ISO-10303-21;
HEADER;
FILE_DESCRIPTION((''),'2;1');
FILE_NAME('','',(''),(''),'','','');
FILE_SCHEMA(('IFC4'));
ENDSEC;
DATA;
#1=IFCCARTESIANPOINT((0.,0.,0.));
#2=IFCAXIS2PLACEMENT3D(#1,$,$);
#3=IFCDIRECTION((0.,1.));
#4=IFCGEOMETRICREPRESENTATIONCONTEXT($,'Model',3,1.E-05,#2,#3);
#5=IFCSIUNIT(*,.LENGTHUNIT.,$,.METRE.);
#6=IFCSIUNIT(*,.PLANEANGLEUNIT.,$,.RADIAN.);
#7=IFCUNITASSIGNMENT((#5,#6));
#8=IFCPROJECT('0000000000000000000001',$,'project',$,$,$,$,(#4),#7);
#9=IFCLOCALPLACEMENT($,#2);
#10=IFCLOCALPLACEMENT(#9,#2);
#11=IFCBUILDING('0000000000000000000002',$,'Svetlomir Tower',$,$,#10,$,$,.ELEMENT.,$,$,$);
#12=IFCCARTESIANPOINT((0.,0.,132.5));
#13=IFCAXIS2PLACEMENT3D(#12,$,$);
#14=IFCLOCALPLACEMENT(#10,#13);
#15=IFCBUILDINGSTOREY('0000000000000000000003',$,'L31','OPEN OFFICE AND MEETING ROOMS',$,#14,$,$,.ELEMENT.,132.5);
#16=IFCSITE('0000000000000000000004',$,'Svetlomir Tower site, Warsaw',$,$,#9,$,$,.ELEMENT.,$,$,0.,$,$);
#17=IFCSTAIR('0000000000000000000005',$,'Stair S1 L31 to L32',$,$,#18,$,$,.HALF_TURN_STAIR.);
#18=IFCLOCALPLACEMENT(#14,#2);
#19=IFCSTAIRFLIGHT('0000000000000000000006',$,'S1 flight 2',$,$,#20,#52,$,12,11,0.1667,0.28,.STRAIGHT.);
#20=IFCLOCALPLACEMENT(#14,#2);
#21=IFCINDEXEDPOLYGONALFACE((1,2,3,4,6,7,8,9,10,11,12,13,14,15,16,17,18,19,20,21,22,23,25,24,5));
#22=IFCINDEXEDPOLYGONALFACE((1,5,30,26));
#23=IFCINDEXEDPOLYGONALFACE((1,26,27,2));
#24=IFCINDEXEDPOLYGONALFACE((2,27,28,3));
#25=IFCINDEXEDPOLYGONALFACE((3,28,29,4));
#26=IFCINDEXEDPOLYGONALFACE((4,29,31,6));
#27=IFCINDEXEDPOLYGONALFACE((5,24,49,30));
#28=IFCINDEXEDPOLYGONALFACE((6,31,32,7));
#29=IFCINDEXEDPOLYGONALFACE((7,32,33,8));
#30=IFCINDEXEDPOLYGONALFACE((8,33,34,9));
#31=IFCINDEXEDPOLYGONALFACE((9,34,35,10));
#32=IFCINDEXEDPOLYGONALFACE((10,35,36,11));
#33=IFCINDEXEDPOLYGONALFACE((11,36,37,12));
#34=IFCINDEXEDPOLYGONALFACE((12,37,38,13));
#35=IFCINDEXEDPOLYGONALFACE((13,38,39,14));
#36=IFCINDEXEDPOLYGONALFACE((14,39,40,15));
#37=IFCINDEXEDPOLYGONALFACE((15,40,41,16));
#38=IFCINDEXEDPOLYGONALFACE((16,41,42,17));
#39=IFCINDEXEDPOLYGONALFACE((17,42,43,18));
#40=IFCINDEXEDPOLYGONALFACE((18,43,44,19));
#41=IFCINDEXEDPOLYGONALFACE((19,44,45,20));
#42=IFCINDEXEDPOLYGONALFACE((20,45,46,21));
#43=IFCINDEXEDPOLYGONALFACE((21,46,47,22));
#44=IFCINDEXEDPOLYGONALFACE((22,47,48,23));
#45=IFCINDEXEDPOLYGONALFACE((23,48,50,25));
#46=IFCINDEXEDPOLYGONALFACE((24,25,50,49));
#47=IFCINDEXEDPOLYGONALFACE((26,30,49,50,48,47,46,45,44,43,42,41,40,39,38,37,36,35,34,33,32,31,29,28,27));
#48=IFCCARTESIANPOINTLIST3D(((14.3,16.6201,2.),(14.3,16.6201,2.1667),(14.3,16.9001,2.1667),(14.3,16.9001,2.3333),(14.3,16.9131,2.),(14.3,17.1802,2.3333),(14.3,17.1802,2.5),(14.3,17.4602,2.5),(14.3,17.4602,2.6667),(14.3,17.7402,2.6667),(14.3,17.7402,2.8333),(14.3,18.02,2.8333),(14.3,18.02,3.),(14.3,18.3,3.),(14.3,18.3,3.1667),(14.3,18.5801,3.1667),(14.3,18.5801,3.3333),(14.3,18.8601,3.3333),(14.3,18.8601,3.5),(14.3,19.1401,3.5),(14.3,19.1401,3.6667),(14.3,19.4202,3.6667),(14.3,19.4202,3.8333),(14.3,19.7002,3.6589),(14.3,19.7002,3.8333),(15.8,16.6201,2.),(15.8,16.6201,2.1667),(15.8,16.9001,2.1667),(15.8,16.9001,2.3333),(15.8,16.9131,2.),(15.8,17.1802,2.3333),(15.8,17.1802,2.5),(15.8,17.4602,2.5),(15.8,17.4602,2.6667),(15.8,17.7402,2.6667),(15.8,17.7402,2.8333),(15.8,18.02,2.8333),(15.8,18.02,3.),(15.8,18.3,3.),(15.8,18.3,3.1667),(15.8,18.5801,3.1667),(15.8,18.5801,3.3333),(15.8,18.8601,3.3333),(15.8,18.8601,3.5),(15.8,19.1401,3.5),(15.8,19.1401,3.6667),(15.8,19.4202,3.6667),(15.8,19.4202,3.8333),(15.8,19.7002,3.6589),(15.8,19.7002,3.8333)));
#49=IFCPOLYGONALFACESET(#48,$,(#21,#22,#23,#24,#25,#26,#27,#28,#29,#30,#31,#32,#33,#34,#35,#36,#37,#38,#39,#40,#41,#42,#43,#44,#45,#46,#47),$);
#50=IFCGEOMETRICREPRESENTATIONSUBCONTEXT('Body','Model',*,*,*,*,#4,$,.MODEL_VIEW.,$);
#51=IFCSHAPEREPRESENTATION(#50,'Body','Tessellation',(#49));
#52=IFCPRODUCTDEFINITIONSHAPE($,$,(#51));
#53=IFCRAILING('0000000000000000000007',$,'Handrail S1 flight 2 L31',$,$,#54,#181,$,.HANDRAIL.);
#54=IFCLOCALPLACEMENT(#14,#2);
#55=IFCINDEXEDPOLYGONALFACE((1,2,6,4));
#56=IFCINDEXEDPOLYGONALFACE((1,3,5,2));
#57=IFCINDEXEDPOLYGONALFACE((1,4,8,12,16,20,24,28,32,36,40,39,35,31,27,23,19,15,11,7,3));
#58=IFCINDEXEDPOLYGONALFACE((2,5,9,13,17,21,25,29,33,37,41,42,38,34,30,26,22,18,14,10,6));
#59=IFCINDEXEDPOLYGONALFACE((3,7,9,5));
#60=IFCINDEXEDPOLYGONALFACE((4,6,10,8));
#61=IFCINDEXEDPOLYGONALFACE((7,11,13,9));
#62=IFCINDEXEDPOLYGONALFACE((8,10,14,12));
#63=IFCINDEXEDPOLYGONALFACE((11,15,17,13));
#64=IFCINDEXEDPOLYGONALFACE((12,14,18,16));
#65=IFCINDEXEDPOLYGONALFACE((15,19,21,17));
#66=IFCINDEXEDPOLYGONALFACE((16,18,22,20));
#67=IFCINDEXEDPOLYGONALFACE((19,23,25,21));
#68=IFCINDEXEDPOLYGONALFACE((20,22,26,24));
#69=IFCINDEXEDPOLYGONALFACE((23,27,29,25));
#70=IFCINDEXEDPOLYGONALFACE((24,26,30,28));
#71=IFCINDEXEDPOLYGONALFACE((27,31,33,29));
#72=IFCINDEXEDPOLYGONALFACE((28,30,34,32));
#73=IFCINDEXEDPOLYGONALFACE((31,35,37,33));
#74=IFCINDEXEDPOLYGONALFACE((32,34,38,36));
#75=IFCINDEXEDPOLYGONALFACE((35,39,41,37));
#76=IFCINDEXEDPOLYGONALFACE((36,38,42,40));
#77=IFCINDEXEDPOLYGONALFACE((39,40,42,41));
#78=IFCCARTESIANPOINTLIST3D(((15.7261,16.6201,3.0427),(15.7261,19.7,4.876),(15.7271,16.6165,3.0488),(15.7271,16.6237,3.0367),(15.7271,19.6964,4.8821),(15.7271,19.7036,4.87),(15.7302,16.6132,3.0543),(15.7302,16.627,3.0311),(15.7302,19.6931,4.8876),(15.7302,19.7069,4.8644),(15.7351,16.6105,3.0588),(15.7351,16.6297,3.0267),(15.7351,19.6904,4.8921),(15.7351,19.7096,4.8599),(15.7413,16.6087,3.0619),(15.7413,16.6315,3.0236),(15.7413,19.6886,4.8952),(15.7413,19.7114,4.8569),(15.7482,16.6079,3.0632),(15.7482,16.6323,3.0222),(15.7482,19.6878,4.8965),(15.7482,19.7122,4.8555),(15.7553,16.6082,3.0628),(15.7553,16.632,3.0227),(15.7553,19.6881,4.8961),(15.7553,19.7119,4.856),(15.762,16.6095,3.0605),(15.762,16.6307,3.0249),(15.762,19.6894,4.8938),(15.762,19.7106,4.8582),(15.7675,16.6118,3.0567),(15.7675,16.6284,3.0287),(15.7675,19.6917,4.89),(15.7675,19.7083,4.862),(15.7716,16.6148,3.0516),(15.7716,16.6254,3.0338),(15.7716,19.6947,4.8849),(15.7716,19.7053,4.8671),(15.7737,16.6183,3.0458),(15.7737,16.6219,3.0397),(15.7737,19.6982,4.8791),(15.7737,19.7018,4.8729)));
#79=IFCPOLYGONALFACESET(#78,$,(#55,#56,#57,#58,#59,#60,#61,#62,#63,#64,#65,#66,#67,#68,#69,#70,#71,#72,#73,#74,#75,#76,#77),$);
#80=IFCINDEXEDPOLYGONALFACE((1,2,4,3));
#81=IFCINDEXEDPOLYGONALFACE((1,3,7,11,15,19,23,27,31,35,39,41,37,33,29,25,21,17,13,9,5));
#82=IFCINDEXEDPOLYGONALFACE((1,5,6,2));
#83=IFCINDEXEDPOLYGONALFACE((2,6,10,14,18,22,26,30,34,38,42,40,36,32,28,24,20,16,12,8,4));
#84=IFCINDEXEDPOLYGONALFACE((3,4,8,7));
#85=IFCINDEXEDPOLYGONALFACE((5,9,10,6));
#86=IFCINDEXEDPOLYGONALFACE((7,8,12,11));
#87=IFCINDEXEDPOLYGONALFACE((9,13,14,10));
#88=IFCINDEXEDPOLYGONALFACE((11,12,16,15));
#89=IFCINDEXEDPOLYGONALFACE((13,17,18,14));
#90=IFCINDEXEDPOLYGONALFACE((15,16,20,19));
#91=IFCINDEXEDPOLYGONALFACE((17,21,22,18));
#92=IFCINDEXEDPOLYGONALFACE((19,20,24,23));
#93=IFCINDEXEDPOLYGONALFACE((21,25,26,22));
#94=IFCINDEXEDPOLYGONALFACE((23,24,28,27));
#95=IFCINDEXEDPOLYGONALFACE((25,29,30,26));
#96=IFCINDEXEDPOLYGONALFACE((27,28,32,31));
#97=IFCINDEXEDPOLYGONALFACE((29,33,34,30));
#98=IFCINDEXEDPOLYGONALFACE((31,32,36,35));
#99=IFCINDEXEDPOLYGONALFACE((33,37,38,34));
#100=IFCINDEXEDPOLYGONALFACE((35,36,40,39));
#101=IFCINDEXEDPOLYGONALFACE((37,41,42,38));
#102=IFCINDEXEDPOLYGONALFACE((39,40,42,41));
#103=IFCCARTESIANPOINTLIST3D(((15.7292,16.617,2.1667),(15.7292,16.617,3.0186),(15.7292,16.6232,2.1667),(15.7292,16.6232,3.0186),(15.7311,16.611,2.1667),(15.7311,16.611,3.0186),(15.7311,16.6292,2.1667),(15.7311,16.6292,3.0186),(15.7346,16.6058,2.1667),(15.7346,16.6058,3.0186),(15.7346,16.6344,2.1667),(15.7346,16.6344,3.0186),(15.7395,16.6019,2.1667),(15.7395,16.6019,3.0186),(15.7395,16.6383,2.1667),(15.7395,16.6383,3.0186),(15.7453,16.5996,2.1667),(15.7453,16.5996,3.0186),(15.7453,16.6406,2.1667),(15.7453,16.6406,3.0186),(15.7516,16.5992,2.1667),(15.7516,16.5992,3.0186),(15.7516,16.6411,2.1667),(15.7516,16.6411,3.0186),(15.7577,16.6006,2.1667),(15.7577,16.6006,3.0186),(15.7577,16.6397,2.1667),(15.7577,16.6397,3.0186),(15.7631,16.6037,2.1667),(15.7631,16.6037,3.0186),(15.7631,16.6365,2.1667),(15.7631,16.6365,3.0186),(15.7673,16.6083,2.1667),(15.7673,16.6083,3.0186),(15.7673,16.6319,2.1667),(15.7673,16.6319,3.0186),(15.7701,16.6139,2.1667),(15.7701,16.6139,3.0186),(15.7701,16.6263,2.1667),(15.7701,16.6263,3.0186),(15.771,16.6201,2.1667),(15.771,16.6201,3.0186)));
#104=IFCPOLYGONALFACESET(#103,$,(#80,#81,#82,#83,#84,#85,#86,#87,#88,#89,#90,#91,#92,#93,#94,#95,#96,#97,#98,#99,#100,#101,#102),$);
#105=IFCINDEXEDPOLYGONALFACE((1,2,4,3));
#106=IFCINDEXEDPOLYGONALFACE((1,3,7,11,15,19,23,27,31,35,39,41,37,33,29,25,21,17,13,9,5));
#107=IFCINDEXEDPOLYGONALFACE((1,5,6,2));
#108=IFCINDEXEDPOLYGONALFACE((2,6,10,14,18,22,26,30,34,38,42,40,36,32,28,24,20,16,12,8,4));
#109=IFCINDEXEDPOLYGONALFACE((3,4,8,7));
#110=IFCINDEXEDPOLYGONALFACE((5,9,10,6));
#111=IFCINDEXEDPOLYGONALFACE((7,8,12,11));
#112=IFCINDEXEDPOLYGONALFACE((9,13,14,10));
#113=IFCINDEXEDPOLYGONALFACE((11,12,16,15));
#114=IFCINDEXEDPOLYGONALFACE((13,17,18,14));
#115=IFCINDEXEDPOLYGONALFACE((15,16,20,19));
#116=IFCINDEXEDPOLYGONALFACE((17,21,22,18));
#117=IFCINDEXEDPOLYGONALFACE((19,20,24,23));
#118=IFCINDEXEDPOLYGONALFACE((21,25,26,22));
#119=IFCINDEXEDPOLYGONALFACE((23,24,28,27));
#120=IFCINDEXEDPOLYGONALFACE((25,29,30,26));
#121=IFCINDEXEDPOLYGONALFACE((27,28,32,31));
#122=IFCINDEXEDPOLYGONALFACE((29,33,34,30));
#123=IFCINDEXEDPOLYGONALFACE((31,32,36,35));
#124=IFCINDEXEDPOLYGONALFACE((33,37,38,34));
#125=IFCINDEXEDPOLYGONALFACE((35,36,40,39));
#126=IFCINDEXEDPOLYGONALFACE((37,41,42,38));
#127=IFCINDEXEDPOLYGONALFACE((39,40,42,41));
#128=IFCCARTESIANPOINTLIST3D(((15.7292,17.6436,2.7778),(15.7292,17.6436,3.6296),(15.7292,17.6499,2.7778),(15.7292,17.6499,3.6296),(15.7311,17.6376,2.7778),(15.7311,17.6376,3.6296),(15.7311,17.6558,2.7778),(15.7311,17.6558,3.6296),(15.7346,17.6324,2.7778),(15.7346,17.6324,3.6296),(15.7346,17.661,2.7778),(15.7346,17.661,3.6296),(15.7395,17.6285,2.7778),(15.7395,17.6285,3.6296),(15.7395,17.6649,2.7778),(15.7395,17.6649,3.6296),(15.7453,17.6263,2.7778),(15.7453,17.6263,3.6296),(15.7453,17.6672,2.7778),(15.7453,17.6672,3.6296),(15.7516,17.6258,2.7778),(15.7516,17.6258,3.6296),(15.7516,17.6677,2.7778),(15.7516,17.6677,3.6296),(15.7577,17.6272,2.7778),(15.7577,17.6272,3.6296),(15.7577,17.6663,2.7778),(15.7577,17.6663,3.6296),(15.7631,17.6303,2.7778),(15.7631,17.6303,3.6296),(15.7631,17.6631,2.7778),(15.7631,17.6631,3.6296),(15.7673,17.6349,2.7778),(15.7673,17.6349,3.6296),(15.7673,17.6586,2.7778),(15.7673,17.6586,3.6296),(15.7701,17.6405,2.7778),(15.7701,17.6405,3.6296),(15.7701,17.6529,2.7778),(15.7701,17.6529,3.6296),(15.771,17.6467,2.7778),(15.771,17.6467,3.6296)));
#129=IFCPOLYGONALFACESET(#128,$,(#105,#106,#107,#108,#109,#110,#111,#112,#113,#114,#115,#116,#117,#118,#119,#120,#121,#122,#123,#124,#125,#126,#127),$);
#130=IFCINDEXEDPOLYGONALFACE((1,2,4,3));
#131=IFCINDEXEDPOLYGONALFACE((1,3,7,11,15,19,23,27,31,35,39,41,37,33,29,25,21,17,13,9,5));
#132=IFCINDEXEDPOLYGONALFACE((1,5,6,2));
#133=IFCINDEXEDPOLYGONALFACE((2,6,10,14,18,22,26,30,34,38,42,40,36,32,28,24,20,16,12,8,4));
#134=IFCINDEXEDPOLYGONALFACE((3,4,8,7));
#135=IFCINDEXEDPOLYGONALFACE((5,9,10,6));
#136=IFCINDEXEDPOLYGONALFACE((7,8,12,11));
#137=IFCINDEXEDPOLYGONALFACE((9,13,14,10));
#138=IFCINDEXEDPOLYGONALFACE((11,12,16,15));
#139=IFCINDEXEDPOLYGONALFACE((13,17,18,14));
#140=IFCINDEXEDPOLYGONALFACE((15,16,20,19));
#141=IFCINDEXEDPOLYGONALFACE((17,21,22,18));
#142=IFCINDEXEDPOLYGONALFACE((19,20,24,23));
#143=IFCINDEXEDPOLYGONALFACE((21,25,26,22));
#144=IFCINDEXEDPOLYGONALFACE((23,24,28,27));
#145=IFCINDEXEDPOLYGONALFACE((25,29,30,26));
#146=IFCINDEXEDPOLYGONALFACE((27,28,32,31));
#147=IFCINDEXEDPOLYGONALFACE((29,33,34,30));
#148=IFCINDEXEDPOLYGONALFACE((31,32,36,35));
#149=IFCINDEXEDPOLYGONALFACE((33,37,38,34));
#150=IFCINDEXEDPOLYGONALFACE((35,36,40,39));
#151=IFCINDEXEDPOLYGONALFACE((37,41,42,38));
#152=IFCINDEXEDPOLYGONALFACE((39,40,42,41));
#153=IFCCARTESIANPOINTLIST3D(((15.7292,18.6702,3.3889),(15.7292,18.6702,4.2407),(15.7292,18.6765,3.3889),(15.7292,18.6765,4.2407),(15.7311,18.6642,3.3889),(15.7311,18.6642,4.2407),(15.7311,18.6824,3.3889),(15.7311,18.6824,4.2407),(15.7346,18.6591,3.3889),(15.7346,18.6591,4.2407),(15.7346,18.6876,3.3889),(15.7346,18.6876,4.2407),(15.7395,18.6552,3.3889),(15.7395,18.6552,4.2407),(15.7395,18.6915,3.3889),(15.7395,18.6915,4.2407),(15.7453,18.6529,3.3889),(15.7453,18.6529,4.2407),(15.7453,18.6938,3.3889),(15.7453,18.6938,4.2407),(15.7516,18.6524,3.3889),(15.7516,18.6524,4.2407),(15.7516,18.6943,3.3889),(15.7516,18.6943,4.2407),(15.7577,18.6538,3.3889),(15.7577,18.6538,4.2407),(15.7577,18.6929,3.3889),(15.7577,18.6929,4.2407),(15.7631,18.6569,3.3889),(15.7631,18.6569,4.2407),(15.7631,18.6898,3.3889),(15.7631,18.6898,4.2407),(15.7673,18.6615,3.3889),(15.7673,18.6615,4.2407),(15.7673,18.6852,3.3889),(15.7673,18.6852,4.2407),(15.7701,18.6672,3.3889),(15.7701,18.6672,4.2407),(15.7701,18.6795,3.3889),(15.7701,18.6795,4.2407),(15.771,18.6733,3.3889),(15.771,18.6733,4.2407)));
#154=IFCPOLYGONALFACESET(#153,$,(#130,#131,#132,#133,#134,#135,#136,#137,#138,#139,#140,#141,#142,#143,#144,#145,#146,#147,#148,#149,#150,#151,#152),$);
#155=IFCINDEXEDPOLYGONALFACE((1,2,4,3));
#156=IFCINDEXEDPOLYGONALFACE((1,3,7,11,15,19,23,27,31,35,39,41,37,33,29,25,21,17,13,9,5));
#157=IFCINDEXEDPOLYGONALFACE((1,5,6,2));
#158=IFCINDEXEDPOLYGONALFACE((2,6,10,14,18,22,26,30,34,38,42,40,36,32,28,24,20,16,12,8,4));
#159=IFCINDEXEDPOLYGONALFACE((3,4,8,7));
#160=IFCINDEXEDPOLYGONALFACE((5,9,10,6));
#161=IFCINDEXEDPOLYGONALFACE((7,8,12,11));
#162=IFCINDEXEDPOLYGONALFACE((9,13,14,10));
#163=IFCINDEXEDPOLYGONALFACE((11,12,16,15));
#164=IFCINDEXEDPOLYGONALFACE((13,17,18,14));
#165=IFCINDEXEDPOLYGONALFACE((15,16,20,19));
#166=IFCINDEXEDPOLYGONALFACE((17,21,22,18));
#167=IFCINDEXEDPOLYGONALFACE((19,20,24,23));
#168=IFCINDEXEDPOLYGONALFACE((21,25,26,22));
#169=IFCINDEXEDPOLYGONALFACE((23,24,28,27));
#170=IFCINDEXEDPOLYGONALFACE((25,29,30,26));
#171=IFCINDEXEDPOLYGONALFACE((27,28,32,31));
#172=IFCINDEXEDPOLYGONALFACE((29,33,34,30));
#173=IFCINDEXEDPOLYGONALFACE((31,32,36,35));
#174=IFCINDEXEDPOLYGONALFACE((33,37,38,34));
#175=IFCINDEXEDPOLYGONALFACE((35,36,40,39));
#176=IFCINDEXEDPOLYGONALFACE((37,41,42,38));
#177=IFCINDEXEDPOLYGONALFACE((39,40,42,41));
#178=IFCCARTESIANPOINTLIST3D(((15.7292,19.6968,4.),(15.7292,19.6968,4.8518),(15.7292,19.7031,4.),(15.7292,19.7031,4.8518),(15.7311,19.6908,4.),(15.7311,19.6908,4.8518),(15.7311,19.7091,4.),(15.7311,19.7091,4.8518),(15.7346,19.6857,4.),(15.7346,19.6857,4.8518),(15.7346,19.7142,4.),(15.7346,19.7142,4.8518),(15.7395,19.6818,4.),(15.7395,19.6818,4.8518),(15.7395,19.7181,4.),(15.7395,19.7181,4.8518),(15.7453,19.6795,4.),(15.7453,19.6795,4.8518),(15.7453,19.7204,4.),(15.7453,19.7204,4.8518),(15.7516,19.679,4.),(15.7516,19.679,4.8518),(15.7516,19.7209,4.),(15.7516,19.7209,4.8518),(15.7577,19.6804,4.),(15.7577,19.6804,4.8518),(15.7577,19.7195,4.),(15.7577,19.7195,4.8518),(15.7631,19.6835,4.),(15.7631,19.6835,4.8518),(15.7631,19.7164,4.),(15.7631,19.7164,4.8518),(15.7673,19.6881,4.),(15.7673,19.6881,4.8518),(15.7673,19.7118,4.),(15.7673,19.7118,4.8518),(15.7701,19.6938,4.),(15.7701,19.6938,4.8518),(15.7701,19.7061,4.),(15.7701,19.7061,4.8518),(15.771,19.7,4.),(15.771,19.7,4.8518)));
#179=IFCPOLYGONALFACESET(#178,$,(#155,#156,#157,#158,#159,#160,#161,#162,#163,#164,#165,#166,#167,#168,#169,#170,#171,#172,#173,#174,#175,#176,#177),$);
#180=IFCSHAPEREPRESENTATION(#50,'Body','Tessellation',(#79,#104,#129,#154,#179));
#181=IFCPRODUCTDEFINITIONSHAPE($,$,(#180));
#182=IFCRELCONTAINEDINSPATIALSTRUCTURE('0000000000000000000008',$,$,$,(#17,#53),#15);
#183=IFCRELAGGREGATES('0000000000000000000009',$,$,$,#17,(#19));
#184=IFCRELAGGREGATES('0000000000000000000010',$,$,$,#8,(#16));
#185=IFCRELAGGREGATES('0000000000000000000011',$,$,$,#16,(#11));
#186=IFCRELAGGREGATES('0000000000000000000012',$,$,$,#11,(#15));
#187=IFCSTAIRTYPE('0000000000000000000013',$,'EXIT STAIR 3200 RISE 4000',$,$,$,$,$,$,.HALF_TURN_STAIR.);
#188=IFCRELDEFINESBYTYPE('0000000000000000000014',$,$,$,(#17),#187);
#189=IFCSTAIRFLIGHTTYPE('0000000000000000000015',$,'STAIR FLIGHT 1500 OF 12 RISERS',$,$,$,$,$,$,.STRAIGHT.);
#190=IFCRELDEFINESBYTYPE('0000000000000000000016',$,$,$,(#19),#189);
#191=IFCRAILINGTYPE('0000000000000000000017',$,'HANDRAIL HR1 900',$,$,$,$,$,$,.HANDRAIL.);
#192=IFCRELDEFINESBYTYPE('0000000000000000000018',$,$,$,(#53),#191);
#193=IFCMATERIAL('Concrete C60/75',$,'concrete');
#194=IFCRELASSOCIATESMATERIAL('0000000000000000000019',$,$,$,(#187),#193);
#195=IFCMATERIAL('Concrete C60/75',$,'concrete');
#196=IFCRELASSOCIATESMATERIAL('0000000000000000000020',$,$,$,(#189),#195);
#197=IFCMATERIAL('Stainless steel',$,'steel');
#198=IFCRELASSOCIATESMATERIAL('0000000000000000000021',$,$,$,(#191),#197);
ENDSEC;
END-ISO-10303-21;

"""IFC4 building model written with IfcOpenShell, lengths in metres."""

from ifc_helpers import new_model, si_unit, direction, frame, origin, origin_2d, place, context, subcontext, project, spatial, polyline, circle, outline, extrude, material, type_object, element, aggregate, save


model = new_model("IFC4")

# Units and contexts
model_context = context("Model", 3, precision=1e-05, world=origin(), true_north=direction((0.0, 1.0)))
body_context = subcontext(model_context, "Body", "Model", "MODEL_VIEW")
ifc_project = project(units=[si_unit("LENGTHUNIT", "METRE"), si_unit("PLANEANGLEUNIT", "RADIAN")], contexts=[model_context])

# Site, building, storey
site_placement = place(None, origin())
site = spatial("IfcSite", under=ifc_project, at=site_placement, Name="Svetlomir Tower site, Warsaw", CompositionType="ELEMENT", RefElevation=0.0)
building_placement = place(site_placement, origin())
building = spatial("IfcBuilding", under=site, at=building_placement, Name="Svetlomir Tower", CompositionType="ELEMENT")
storey_placement = place(building_placement, frame((0.0, 0.0, 132.5)))
storey = spatial("IfcBuildingStorey", under=building, at=storey_placement, Name="L31", Description="OPEN OFFICE AND MEETING ROOMS", CompositionType="ELEMENT", Elevation=132.5)

# Stair, stair flight
ifc_material_1 = material(Name="Concrete C60/75", Category="concrete")
stair_type = type_object("IfcStairType", Name="EXIT STAIR 3200 RISE 4000", PredefinedType="HALF_TURN_STAIR", material=ifc_material_1)
stair_placement = place(storey_placement, origin())
stair = element("IfcStair", 1, at=stair_placement, inside=storey, type_object=stair_type, Name="Stair S1 L31 to L32", PredefinedType="HALF_TURN_STAIR")
ifc_material_2 = material(Name="Concrete C60/75", Category="concrete")
stair_flight_type = type_object("IfcStairFlightType", Name="STAIR FLIGHT 1500 OF 12 RISERS", PredefinedType="STRAIGHT", material=ifc_material_2)
stair_flight_placement = place(storey_placement, frame((15.05, 16.6201, 2.0), z_axis=(0.0, 0.0, 1.0), x_axis=(0.0, 1.0, 0.0)))
stair_flight = element("IfcStairFlight", 2, at=stair_flight_placement, type_object=stair_flight_type, Name="S1 flight 2", NumberOfRisers=12, NumberOfTreads=11, PredefinedType="STRAIGHT", RiserHeight=0.1667, TreadLength=0.28, context=body_context, shape_type="SweptSolid", body=[
    extrude(outline(polyline([(0.0, 0.0), (0.0, 0.1667), (0.28, 0.1667), (0.28, 0.3333), (0.5601, 0.3333), (0.5601, 0.5), (0.8401, 0.5), (0.8401, 0.6667), (1.1201, 0.6667), (1.1201, 0.8333), (1.3999, 0.8333), (1.3999, 1.0), (1.6799, 1.0), (1.6799, 1.1667), (1.96, 1.1667), (1.96, 1.3333), (2.24, 1.3333), (2.24, 1.5), (2.52, 1.5), (2.52, 1.6667), (2.8, 1.6667), (2.8, 1.8333), (3.0801, 1.8333), (3.0801, 2.0), (3.0801, 1.6589), (0.293, 0.0), (0.0, 0.0)])), frame((0.0, 0.75, 0.0), z_axis=(0.0, -1.0, 0.0), x_axis=(1.0, 0.0, 0.0)), (0.0, 0.0, 1.0), 1.5),
])
aggregate(stair, [stair_flight])

# Railing
ifc_material_3 = material(Name="Stainless steel", Category="steel")
railing_type = type_object("IfcRailingType", Name="HANDRAIL HR1 900", PredefinedType="HANDRAIL", material=ifc_material_3)
railing_placement = place(storey_placement, frame((15.75, 16.6201, 2.1667)))
element("IfcRailing", 3, at=railing_placement, inside=storey, type_object=railing_type, Name="Handrail S1 flight 2 L31", PredefinedType="HANDRAIL", context=body_context, shape_type="SweptSolid", body=[
    extrude(circle(Radius=0.0239, at=origin_2d()), frame((0.0, 0.0, 0.876), z_axis=(0.0, 0.859291, 0.511487), x_axis=(-1.0, 0.0, 0.0)), (0.0, 0.0, 1.0), 3.5842),
    extrude(circle(Radius=0.021, at=origin_2d()), origin(), (0.0, 0.0, 1.0), 0.8518),
    extrude(circle(Radius=0.021, at=origin_2d()), frame((0.0, 1.0266, 0.6111)), (0.0, 0.0, 1.0), 0.8518),
    extrude(circle(Radius=0.021, at=origin_2d()), frame((0.0, 2.0532, 1.2222)), (0.0, 0.0, 1.0), 0.8518),
    extrude(circle(Radius=0.021, at=origin_2d()), frame((0.0, 3.0798, 1.8333)), (0.0, 0.0, 1.0), 0.8518),
])

save(model, "model.ifc")
